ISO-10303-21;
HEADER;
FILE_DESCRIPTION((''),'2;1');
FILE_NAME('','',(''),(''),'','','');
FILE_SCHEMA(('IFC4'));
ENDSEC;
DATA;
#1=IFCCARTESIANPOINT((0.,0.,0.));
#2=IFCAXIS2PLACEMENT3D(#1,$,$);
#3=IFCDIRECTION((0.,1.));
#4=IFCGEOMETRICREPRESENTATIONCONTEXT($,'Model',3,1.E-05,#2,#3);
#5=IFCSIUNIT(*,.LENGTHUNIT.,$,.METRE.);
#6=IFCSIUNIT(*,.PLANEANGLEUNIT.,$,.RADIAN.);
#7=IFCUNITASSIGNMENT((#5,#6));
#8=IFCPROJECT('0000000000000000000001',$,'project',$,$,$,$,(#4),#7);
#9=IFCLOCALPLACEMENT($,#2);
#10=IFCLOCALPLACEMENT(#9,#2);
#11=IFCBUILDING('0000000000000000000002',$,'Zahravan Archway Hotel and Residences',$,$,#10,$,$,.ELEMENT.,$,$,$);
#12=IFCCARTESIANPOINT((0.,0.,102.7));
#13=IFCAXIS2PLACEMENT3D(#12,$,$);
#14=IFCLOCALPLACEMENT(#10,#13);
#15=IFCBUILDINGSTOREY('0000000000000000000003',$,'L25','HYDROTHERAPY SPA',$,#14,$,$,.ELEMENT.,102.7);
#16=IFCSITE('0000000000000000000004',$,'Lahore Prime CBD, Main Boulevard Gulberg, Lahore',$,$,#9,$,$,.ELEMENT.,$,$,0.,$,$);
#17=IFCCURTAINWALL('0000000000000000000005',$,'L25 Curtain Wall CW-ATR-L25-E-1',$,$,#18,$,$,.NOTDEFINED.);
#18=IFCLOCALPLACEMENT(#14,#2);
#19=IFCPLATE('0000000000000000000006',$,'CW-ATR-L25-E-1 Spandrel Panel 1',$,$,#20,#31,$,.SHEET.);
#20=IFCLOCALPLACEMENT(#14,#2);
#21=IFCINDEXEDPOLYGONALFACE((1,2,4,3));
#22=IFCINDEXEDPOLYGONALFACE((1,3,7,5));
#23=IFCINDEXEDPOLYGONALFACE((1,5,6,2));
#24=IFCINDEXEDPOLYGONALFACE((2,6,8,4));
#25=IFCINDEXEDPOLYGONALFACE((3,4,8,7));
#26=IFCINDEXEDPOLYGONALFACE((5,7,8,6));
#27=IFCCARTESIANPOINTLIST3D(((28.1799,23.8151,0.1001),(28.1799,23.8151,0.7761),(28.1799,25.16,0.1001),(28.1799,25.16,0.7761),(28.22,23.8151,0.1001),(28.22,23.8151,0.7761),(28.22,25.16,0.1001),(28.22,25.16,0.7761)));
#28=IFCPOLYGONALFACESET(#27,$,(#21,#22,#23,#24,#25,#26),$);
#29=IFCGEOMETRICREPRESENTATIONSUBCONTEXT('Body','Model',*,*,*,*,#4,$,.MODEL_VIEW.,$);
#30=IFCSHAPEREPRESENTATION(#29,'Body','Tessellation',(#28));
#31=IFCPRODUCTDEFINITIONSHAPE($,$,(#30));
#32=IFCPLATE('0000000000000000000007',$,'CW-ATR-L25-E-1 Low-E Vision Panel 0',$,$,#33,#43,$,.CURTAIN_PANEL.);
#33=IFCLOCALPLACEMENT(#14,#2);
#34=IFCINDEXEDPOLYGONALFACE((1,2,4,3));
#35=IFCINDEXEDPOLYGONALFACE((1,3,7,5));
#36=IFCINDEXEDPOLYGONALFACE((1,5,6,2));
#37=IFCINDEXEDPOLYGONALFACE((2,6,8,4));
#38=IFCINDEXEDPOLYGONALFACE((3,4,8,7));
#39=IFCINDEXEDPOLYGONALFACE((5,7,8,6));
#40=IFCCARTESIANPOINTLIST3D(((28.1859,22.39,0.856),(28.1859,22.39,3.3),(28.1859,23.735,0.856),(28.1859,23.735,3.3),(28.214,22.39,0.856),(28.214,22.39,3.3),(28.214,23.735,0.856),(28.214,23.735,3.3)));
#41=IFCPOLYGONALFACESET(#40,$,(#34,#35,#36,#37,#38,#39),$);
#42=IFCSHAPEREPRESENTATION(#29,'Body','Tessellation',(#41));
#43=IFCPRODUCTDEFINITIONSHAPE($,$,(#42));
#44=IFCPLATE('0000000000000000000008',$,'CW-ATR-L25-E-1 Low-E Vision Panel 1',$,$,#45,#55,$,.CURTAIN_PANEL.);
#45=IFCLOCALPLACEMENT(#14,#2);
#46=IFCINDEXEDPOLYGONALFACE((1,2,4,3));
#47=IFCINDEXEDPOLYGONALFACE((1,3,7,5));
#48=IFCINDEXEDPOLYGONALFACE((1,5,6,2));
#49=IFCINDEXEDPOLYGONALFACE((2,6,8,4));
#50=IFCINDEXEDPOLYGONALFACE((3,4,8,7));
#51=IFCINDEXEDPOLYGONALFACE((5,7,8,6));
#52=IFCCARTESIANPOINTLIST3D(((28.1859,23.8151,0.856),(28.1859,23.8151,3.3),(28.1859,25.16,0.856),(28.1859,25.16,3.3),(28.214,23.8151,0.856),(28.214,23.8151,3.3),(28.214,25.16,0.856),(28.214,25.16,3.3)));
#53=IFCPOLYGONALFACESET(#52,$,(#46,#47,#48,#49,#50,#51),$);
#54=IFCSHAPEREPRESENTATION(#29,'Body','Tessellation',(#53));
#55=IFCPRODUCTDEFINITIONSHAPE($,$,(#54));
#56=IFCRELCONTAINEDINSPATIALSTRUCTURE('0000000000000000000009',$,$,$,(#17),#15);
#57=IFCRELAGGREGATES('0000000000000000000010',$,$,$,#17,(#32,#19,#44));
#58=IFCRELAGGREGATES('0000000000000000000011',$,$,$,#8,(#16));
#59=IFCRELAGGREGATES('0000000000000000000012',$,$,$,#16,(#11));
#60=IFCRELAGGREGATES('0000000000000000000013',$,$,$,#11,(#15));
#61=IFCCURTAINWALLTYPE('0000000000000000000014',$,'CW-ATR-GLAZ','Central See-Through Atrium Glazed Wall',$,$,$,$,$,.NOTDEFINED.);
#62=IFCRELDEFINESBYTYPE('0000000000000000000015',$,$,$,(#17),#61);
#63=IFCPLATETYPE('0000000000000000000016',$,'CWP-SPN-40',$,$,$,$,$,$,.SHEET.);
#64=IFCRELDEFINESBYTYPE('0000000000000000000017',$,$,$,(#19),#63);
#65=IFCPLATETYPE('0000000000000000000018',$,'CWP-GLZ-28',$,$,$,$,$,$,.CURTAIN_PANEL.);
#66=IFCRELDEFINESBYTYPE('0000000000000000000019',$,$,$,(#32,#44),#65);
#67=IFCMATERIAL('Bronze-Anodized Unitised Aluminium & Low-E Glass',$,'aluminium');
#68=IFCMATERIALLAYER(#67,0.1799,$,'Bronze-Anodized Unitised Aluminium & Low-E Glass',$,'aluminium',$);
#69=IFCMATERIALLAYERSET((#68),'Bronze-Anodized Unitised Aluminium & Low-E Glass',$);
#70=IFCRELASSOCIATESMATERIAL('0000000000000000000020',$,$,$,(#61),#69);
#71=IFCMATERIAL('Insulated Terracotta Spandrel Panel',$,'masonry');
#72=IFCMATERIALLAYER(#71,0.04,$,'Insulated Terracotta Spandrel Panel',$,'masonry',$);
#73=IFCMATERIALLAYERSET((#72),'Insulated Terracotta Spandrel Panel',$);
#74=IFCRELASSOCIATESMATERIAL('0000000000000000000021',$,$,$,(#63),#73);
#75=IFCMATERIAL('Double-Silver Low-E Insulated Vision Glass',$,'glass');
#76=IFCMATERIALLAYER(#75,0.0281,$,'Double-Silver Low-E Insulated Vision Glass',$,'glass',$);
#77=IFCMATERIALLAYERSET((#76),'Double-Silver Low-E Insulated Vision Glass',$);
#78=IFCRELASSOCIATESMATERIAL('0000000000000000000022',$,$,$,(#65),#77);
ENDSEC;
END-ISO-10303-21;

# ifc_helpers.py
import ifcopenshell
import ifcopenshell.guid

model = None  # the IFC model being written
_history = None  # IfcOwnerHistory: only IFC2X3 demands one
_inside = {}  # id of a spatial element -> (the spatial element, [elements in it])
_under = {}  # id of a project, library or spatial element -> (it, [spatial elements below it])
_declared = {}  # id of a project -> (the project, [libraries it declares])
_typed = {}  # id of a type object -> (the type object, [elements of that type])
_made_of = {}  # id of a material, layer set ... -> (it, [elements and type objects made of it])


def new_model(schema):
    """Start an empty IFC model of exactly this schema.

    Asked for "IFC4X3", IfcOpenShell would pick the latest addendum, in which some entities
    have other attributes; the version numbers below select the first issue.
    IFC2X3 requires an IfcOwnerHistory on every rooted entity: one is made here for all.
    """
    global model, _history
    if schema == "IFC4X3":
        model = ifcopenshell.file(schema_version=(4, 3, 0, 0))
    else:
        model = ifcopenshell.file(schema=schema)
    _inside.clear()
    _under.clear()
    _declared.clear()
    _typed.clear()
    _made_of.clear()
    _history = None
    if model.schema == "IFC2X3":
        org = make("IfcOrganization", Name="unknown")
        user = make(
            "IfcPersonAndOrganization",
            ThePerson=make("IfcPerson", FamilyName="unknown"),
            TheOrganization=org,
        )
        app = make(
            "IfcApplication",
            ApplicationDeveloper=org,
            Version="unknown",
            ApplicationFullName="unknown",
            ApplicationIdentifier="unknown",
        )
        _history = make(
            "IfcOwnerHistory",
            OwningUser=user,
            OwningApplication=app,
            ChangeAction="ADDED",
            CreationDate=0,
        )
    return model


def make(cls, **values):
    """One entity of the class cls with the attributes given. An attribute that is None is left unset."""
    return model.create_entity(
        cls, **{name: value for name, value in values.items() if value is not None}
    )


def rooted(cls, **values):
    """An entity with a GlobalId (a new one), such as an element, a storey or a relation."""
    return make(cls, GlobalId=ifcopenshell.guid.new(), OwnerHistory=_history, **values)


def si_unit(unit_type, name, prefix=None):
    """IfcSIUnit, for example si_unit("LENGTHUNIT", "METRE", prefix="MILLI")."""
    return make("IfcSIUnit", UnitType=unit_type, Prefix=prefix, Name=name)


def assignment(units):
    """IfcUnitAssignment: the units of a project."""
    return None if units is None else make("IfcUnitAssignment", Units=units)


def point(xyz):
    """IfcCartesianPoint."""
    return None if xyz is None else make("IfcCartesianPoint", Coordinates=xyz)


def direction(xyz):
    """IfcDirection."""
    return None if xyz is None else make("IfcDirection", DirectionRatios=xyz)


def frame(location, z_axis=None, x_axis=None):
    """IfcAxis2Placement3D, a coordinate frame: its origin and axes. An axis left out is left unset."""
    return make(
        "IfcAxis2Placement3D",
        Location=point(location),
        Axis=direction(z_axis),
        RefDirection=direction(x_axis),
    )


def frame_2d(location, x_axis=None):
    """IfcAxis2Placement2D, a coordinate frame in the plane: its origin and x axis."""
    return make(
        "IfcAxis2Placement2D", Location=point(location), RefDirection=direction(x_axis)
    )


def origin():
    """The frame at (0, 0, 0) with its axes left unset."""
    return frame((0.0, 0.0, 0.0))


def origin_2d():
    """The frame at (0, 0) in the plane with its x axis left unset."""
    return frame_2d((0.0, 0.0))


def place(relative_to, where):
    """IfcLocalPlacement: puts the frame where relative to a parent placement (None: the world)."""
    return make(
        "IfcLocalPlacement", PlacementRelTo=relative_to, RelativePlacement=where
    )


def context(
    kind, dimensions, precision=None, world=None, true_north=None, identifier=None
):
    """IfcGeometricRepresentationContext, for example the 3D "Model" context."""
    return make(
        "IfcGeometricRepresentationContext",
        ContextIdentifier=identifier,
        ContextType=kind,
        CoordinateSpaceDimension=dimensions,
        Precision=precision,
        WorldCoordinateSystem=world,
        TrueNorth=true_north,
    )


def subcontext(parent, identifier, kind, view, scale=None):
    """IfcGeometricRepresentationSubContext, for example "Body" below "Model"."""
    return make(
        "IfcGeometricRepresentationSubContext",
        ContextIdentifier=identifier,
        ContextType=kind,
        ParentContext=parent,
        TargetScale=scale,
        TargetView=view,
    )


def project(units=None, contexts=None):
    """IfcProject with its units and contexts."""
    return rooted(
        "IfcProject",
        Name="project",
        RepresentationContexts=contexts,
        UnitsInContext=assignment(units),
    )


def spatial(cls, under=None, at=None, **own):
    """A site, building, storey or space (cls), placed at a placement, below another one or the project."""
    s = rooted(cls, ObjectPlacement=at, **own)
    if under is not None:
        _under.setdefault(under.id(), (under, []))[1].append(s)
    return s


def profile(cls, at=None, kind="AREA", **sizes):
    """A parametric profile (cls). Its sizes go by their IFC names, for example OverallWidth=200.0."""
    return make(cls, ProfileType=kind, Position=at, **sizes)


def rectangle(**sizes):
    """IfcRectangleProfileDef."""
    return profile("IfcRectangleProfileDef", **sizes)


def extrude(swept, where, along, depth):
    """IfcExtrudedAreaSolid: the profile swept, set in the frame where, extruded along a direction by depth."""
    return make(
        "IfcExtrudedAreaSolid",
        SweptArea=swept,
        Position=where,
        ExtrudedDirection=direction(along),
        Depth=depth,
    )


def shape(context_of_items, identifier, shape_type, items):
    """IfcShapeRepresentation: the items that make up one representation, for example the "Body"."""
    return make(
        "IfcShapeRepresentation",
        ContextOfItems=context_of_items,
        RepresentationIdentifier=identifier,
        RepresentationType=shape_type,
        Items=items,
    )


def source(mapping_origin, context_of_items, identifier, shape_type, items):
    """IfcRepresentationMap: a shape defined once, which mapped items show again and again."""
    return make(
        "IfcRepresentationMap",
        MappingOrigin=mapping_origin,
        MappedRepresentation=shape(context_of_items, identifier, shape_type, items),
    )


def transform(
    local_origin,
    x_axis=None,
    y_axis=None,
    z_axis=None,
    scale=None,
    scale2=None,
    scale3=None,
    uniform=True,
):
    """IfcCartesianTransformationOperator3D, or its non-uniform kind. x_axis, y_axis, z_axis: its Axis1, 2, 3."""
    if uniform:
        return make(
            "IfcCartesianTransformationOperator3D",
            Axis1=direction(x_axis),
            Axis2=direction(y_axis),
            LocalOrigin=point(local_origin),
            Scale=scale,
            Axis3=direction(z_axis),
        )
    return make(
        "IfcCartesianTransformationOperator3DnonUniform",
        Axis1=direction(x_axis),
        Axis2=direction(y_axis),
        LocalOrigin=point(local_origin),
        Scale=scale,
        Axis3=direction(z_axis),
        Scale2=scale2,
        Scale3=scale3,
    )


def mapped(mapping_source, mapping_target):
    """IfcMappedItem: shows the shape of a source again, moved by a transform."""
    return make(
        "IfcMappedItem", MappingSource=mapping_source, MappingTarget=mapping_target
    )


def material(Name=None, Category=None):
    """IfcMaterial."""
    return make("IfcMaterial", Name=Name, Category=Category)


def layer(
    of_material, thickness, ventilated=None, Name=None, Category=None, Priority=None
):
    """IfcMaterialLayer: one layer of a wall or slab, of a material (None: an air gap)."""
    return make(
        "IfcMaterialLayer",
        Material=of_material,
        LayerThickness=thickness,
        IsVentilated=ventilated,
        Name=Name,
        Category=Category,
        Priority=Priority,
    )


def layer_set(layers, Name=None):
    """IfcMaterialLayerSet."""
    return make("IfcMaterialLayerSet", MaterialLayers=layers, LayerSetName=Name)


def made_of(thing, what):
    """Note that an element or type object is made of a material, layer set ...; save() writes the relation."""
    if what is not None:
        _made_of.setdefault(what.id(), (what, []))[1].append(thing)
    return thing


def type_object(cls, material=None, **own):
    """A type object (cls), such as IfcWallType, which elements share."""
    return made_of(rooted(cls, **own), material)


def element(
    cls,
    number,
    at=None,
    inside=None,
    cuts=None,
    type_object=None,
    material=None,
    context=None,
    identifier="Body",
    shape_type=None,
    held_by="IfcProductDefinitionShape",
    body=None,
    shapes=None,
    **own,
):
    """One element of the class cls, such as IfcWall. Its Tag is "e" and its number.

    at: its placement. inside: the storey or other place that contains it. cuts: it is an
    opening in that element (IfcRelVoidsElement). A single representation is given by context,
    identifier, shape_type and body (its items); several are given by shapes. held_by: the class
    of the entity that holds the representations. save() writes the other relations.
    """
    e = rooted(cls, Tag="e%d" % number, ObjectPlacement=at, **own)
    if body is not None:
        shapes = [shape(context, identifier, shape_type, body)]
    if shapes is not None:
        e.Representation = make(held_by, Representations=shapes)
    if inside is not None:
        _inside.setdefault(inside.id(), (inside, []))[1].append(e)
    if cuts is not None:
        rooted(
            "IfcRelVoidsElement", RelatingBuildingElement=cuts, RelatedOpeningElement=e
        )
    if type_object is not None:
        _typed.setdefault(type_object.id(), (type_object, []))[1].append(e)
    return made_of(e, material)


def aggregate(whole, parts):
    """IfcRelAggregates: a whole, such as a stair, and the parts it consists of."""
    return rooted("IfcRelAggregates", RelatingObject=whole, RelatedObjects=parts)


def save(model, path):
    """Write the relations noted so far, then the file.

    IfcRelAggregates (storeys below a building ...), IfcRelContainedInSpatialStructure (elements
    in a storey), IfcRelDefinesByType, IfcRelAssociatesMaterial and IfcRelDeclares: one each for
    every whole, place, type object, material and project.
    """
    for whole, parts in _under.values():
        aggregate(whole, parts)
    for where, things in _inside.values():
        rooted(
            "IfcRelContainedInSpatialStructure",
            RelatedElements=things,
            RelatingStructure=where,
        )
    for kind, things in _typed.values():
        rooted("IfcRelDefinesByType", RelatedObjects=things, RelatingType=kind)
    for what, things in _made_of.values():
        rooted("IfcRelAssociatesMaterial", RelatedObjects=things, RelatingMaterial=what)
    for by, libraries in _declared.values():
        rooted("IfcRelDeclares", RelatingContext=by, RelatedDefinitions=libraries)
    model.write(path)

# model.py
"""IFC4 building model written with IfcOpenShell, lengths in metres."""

from ifc_helpers import new_model, si_unit, direction, frame, origin, origin_2d, place, context, subcontext, project, spatial, rectangle, extrude, source, transform, mapped, material, layer, layer_set, type_object, element, aggregate, save


model = new_model("IFC4")

# Units and contexts
model_context = context("Model", 3, precision=1e-05, world=origin(), true_north=direction((0.0, 1.0)))
body_context = subcontext(model_context, "Body", "Model", "MODEL_VIEW")
ifc_project = project(units=[si_unit("LENGTHUNIT", "METRE"), si_unit("PLANEANGLEUNIT", "RADIAN")], contexts=[model_context])

# Site, building, storey
site_placement = place(None, origin())
site = spatial("IfcSite", under=ifc_project, at=site_placement, Name="Lahore Prime CBD, Main Boulevard Gulberg, Lahore", CompositionType="ELEMENT", RefElevation=0.0)
building_placement = place(site_placement, origin())
building = spatial("IfcBuilding", under=site, at=building_placement, Name="Zahravan Archway Hotel and Residences", CompositionType="ELEMENT")
storey_placement = place(building_placement, frame((0.0, 0.0, 102.7)))
storey = spatial("IfcBuildingStorey", under=building, at=storey_placement, Name="L25", Description="HYDROTHERAPY SPA", CompositionType="ELEMENT", Elevation=102.7)

# Curtain wall
ifc_material_1 = material(Name="Bronze-Anodized Unitised Aluminium & Low-E Glass", Category="aluminium")
ifc_layer_1 = layer(ifc_material_1, 0.1799, Name="Bronze-Anodized Unitised Aluminium & Low-E Glass", Category="aluminium")
ifc_layer_set_1 = layer_set([ifc_layer_1], Name="Bronze-Anodized Unitised Aluminium & Low-E Glass")
curtain_wall_type = type_object("IfcCurtainWallType", Name="CW-ATR-GLAZ", Description="Central See-Through Atrium Glazed Wall", PredefinedType="NOTDEFINED", material=ifc_layer_set_1)
curtain_wall_1_placement = place(storey_placement, origin())
curtain_wall_1 = element("IfcCurtainWall", 1, at=curtain_wall_1_placement, inside=storey, type_object=curtain_wall_type, Name="L25 Curtain Wall CW-ATR-L25-E-1", PredefinedType="NOTDEFINED")

# Plates
ifc_material_2 = material(Name="Insulated Terracotta Spandrel Panel", Category="masonry")
ifc_layer_2 = layer(ifc_material_2, 0.04, Name="Insulated Terracotta Spandrel Panel", Category="masonry")
ifc_layer_set_2 = layer_set([ifc_layer_2], Name="Insulated Terracotta Spandrel Panel")
plate_type_1 = type_object("IfcPlateType", Name="CWP-SPN-40", PredefinedType="SHEET", material=ifc_layer_set_2)
ifc_material_3 = material(Name="Double-Silver Low-E Insulated Vision Glass", Category="glass")
ifc_layer_3 = layer(ifc_material_3, 0.0281, Name="Double-Silver Low-E Insulated Vision Glass", Category="glass")
ifc_layer_set_3 = layer_set([ifc_layer_3], Name="Double-Silver Low-E Insulated Vision Glass")
plate_type_2 = type_object("IfcPlateType", Name="CWP-GLZ-28", PredefinedType="CURTAIN_PANEL", material=ifc_layer_set_3)
shared_shape_1 = source(origin(), body_context, "Body", "SweptSolid", [
    extrude(rectangle(XDim=1.345, YDim=0.04, at=origin_2d()), origin(), (0.0, 0.0, 1.0), 0.676),
])
plate_1_placement = place(storey_placement, frame((28.2, 24.4875, 0.1001), z_axis=(0.0, 0.0, 1.0), x_axis=(0.0, 1.0, 0.0)))
plate_1 = element("IfcPlate", 2, at=plate_1_placement, type_object=plate_type_1, Name="CW-ATR-L25-E-1 Spandrel Panel 1", PredefinedType="SHEET", context=body_context, shape_type="MappedRepresentation", body=[
    mapped(shared_shape_1, transform((0.0, 0.0, 0.0), scale=1.0)),
])
shared_shape_2 = source(origin(), body_context, "Body", "SweptSolid", [
    extrude(rectangle(XDim=1.345, YDim=0.0281, at=origin_2d()), origin(), (0.0, 0.0, 1.0), 2.4441),
])
plate_2_placement = place(storey_placement, frame((28.2, 23.0625, 0.856), z_axis=(0.0, 0.0, 1.0), x_axis=(0.0, 1.0, 0.0)))
plate_2 = element("IfcPlate", 3, at=plate_2_placement, type_object=plate_type_2, Name="CW-ATR-L25-E-1 Low-E Vision Panel 0", PredefinedType="CURTAIN_PANEL", context=body_context, shape_type="MappedRepresentation", body=[
    mapped(shared_shape_2, transform((0.0, 0.0, 0.0), scale=1.0)),
])
plate_3_placement = place(storey_placement, frame((28.2, 24.4875, 0.856), z_axis=(0.0, 0.0, 1.0), x_axis=(0.0, 1.0, 0.0)))
plate_3 = element("IfcPlate", 4, at=plate_3_placement, type_object=plate_type_2, Name="CW-ATR-L25-E-1 Low-E Vision Panel 1", PredefinedType="CURTAIN_PANEL", context=body_context, shape_type="MappedRepresentation", body=[
    mapped(shared_shape_2, transform((0.0, 0.0, 0.0), scale=1.0)),
])
aggregate(curtain_wall_1, [plate_2, plate_1, plate_3])

save(model, "model.ifc")
